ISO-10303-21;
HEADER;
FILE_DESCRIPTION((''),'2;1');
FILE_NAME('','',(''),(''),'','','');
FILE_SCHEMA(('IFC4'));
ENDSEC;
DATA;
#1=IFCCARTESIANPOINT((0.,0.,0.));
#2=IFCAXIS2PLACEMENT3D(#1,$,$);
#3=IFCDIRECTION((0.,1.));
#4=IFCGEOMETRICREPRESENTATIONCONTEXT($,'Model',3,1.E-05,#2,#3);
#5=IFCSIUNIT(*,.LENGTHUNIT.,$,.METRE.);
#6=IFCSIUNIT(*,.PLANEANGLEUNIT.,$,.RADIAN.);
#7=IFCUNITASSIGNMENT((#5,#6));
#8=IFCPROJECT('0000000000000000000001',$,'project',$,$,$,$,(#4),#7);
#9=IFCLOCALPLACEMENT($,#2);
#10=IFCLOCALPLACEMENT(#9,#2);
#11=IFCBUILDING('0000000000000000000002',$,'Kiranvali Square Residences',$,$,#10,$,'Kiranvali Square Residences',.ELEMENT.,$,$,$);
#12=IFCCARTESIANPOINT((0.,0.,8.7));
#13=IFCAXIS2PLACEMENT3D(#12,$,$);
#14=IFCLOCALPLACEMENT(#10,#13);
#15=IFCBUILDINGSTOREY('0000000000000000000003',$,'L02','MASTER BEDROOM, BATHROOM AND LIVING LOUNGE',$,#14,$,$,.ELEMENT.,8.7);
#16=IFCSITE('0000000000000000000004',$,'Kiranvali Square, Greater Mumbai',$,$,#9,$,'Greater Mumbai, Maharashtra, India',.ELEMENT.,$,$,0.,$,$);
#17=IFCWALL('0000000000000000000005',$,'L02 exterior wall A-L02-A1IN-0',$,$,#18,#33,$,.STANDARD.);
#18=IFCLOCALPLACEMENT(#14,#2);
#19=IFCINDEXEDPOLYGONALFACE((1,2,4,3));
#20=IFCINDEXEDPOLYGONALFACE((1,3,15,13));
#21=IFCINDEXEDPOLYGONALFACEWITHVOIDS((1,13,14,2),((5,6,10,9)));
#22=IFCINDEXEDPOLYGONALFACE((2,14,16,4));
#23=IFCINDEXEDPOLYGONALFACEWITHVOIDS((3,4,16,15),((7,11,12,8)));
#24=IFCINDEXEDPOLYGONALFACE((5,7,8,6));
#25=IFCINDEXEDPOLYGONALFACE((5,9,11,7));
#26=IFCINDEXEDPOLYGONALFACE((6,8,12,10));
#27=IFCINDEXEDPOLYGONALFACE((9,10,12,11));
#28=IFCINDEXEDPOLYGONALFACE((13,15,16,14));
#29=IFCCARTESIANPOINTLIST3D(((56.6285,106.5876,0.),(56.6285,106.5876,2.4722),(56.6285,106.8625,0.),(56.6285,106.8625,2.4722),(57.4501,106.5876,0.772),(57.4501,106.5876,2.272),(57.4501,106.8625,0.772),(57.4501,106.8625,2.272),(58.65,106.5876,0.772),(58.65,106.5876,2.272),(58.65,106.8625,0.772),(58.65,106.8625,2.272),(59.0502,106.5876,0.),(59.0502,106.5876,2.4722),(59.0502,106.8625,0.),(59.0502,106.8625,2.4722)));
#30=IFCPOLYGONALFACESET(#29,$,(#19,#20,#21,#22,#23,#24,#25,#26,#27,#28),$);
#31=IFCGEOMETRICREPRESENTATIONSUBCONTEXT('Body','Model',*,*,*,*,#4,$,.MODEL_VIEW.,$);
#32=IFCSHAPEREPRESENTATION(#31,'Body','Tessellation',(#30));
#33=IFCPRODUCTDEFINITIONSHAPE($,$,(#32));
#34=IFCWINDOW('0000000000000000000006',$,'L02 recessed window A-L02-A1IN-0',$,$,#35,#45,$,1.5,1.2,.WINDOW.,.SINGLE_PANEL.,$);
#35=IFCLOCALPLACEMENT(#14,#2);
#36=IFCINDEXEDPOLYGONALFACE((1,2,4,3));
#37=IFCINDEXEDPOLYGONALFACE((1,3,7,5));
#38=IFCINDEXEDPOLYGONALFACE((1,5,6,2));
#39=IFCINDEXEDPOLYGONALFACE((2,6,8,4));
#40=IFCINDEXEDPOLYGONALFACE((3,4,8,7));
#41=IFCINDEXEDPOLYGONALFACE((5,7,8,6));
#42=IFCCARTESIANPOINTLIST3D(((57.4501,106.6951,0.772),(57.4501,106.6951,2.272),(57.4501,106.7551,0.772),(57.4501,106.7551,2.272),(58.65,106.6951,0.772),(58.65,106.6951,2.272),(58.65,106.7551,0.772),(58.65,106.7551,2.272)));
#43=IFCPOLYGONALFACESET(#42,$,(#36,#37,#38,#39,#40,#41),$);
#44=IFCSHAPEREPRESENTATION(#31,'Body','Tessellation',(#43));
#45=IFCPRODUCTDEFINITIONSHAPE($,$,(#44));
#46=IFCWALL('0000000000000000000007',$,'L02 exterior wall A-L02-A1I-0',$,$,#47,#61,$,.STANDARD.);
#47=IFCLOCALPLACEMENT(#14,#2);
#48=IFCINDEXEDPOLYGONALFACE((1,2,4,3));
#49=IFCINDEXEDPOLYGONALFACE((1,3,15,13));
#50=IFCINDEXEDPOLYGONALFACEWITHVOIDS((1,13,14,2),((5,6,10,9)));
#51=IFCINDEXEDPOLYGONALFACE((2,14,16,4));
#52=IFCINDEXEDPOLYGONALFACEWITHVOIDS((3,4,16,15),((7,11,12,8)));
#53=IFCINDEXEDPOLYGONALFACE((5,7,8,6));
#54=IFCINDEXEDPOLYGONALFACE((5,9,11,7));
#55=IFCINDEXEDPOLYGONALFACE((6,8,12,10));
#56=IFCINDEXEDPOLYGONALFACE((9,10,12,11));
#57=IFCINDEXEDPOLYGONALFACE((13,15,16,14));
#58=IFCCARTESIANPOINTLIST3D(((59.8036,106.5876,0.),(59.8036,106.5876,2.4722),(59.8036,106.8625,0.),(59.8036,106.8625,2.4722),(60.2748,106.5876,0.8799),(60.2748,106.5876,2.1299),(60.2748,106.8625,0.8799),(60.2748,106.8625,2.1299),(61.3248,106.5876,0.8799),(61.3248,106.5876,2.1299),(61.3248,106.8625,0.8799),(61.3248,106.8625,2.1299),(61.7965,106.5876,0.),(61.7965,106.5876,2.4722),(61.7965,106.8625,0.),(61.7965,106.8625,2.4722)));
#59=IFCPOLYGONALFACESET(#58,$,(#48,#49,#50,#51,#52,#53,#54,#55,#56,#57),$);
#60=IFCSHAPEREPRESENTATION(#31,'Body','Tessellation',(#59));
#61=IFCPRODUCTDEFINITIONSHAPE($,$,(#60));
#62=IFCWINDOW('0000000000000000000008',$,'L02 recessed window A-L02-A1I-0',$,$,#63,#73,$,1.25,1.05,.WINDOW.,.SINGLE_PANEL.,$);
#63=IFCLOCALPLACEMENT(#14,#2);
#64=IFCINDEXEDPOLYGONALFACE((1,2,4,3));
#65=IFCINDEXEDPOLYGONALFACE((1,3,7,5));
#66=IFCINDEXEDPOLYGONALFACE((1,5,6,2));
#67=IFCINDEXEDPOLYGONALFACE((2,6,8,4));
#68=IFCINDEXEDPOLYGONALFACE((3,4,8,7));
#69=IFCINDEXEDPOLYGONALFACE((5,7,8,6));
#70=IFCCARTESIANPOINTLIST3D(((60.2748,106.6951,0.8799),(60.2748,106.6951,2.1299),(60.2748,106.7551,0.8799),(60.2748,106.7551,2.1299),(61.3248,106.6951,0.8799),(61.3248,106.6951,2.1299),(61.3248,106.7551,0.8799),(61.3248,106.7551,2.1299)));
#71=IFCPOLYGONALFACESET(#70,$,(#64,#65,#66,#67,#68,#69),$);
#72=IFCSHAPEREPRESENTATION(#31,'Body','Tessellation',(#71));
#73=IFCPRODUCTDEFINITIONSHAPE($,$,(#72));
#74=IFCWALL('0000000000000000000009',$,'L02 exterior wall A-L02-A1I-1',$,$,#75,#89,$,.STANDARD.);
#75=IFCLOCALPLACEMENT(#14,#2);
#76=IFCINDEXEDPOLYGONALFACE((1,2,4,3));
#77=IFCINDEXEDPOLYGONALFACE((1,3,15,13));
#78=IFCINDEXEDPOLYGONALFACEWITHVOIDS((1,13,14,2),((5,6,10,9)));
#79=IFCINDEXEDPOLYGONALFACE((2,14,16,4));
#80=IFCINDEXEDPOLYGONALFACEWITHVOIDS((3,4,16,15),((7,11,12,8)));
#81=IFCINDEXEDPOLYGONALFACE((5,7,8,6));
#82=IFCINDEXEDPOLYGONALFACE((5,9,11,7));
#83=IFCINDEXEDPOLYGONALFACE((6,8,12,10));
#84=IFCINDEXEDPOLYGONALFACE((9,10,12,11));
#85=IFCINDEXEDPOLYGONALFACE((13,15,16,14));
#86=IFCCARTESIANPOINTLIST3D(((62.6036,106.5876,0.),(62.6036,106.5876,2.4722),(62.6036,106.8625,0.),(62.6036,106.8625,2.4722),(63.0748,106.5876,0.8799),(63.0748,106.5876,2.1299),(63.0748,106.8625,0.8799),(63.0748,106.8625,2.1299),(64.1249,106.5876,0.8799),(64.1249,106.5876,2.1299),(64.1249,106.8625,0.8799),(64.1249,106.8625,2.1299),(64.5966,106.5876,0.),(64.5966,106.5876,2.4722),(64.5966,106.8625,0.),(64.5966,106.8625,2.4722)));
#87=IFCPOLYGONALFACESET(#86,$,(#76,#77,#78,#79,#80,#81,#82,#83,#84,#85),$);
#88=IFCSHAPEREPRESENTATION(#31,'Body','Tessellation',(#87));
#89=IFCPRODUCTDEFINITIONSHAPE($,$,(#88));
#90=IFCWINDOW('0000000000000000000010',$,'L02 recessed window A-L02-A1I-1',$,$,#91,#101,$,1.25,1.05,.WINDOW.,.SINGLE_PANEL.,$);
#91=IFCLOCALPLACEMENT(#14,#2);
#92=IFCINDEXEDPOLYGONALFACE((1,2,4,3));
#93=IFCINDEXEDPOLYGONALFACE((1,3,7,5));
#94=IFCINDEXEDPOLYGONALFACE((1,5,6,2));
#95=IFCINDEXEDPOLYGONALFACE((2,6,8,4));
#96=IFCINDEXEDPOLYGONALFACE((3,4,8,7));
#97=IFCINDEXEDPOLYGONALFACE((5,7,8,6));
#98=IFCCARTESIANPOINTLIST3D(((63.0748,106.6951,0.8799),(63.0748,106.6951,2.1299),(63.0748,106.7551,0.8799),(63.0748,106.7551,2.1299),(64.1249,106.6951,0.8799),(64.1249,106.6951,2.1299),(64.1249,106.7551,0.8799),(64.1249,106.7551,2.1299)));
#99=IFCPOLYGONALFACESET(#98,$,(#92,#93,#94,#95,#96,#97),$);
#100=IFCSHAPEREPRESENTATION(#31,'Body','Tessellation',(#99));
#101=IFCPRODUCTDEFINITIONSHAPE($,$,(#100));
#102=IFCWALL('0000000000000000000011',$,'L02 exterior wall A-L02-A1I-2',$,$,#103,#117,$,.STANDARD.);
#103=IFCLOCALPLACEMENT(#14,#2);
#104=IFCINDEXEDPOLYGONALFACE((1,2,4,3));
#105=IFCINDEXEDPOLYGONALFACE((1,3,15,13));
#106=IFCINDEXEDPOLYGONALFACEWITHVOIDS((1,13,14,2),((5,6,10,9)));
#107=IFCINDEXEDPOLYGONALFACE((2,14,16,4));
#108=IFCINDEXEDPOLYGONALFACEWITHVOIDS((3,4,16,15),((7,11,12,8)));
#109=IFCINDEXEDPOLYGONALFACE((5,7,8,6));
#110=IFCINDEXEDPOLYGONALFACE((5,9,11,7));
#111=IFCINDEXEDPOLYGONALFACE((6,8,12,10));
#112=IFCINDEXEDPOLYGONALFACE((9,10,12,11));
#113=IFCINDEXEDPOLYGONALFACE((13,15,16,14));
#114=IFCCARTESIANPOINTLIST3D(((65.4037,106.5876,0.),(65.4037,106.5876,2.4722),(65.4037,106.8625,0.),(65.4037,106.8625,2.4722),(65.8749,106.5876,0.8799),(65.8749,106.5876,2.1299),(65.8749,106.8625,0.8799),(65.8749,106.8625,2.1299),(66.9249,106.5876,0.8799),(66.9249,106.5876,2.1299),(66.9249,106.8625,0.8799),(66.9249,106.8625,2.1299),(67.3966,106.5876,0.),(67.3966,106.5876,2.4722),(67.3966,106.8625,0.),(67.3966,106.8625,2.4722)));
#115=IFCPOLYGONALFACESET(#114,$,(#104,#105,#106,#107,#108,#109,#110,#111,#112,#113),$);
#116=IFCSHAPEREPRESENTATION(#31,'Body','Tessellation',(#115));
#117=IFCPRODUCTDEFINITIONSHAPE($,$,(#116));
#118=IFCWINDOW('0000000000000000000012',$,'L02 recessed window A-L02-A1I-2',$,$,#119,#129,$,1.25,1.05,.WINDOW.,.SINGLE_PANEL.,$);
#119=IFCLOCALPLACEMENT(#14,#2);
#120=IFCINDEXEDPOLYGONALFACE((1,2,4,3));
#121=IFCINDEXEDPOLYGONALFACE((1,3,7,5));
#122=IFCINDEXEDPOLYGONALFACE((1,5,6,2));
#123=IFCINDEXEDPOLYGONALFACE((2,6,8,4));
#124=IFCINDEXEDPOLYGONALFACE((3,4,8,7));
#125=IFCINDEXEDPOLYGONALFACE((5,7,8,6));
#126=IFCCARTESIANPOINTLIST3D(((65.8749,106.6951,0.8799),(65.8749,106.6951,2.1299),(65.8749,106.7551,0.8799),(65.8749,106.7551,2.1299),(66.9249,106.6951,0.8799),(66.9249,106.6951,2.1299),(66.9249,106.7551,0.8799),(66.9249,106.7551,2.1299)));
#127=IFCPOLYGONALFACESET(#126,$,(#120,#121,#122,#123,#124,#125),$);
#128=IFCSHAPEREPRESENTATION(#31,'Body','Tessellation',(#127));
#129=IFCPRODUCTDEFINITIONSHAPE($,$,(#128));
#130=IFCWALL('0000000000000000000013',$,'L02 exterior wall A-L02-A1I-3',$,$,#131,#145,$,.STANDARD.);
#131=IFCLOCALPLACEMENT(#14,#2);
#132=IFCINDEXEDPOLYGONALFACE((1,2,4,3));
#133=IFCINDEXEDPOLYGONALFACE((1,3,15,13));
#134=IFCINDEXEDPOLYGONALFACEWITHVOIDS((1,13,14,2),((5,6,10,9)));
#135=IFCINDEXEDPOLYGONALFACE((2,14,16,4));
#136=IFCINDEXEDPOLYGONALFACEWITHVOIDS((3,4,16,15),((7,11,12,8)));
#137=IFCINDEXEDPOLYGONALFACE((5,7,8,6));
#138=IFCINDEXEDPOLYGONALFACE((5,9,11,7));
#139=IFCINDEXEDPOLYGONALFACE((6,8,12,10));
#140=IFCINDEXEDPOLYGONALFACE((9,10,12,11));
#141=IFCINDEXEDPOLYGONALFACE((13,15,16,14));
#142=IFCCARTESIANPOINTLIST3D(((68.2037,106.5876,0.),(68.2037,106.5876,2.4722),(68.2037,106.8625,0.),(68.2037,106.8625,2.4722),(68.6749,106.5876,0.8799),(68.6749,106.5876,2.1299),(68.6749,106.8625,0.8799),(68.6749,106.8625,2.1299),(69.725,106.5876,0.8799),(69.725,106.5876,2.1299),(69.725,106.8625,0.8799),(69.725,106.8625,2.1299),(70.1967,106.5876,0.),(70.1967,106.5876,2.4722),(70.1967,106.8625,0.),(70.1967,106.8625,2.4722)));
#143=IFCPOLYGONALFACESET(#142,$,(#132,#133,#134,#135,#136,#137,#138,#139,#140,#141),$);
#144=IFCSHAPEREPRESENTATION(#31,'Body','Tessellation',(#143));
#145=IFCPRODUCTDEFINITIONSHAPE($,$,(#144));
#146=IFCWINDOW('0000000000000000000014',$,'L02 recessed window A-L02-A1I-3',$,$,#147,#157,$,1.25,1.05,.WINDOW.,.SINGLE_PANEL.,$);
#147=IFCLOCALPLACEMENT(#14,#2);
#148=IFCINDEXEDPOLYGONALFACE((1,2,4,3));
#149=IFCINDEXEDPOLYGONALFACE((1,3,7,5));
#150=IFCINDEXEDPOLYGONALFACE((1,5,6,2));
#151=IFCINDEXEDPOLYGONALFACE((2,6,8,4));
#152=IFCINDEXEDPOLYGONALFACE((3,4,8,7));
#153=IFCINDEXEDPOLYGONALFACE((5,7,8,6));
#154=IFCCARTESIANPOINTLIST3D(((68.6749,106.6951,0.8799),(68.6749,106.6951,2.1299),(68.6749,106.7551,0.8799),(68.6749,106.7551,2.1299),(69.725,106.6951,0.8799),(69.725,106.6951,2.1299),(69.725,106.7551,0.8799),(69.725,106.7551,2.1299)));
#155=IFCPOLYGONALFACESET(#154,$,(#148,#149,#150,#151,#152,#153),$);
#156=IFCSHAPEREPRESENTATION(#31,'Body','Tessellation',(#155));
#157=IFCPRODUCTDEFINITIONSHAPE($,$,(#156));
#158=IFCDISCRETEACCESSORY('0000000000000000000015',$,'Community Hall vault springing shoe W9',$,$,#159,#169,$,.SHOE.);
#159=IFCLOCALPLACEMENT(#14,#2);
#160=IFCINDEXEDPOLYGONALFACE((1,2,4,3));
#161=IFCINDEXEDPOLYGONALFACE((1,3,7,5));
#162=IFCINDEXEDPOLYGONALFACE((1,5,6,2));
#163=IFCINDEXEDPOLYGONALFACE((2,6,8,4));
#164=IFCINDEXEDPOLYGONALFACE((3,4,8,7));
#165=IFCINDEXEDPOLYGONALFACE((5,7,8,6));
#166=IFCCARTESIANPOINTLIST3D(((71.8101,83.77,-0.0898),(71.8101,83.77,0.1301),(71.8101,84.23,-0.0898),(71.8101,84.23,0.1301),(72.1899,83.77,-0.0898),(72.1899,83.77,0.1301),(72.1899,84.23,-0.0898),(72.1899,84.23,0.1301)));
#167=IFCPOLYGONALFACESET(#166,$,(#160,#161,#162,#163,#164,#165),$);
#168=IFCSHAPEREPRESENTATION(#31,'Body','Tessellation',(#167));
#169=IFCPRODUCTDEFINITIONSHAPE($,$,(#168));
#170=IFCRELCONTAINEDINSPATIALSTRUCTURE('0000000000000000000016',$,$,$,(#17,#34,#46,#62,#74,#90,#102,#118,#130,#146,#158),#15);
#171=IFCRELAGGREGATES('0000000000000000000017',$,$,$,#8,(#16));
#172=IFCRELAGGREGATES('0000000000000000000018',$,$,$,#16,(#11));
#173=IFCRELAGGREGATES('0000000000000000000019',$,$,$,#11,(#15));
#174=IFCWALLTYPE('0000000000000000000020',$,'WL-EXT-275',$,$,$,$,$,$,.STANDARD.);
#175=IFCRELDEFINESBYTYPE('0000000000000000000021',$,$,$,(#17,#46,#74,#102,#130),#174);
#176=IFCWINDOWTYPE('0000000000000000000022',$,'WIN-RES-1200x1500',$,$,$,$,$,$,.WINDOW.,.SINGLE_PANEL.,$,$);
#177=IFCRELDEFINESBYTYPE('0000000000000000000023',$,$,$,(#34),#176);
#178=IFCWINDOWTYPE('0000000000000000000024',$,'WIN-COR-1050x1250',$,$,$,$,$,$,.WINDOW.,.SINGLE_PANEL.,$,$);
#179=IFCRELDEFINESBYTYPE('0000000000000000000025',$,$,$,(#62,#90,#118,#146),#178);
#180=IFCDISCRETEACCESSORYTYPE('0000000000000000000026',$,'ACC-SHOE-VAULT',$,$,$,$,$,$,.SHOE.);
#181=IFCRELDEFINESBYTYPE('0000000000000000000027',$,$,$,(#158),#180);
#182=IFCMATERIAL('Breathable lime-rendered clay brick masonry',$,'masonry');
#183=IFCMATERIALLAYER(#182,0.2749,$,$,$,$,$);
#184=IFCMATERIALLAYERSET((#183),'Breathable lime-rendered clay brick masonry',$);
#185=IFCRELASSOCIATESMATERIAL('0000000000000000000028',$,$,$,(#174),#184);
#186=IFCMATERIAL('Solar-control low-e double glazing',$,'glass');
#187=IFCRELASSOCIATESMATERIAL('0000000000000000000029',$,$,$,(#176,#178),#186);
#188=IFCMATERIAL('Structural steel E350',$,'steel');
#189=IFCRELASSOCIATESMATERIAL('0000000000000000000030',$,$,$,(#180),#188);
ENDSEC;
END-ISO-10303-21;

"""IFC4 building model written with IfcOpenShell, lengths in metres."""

from ifc_helpers import new_model, si_unit, direction, frame, frame_2d, origin, origin_2d, place, context, subcontext, project, spatial, rectangle, extrude, material, layer, layer_set, type_object, element, fill, save


model = new_model("IFC4")

# Units and contexts
model_context = context("Model", 3, precision=1e-05, world=origin(), true_north=direction((0.0, 1.0)))
body_context = subcontext(model_context, "Body", "Model", "MODEL_VIEW")
ifc_project = project(units=[si_unit("LENGTHUNIT", "METRE"), si_unit("PLANEANGLEUNIT", "RADIAN")], contexts=[model_context])

# Site, building, storey
site_placement = place(None, origin())
site = spatial("IfcSite", under=ifc_project, at=site_placement, Name="Kiranvali Square, Greater Mumbai", LongName="Greater Mumbai, Maharashtra, India", CompositionType="ELEMENT", RefElevation=0.0)
building_placement = place(site_placement, origin())
building = spatial("IfcBuilding", under=site, at=building_placement, Name="Kiranvali Square Residences", LongName="Kiranvali Square Residences", CompositionType="ELEMENT")
storey_placement = place(building_placement, frame((0.0, 0.0, 8.7)))
storey = spatial("IfcBuildingStorey", under=building, at=storey_placement, Name="L02", Description="MASTER BEDROOM, BATHROOM AND LIVING LOUNGE", CompositionType="ELEMENT", Elevation=8.7)

# Shared definitions
ifc_material_1 = material(Name="Structural steel E350", Category="steel")

# Walls, openings, windows
ifc_material_2 = material(Name="Breathable lime-rendered clay brick masonry", Category="masonry")
ifc_layer = layer(ifc_material_2, 0.2749)
ifc_layer_set = layer_set([ifc_layer], Name="Breathable lime-rendered clay brick masonry")
wall_type = type_object("IfcWallType", Name="WL-EXT-275", PredefinedType="STANDARD", material=ifc_layer_set)
wall_1_placement = place(storey_placement, frame((56.6284, 106.7251, 0.0), z_axis=(0.0, 0.0, 1.0), x_axis=(1.0, 0.0, 0.0)))
wall_1 = element("IfcWall", 1, at=wall_1_placement, inside=storey, type_object=wall_type, Name="L02 exterior wall A-L02-A1IN-0", PredefinedType="STANDARD", context=body_context, shape_type="SweptSolid", body=[
    extrude(rectangle(XDim=2.4216, YDim=0.2749, at=frame_2d((1.2109, 0.0))), origin(), (0.0, 0.0, 1.0), 2.4722),
])
opening_1_placement = place(wall_1_placement, frame((0.8215, 0.0, 0.772)))
opening_1 = element("IfcOpeningElement", 2, at=opening_1_placement, cuts=wall_1, PredefinedType="OPENING", context=body_context, shape_type="SweptSolid", body=[
    extrude(rectangle(XDim=1.2, YDim=1.5, at=frame_2d((0.6001, 0.75))), frame((0.0, 0.1475, 0.0), z_axis=(0.0, -1.0, 0.0), x_axis=(1.0, 0.0, 0.0)), (0.0, 0.0, 1.0), 0.2949),
])
ifc_material_3 = material(Name="Solar-control low-e double glazing", Category="glass")
window_type_1 = type_object("IfcWindowType", Name="WIN-RES-1200x1500", PartitioningType="SINGLE_PANEL", PredefinedType="WINDOW", material=ifc_material_3)
window_1_placement = place(opening_1_placement, origin())
window_1 = element("IfcWindow", 3, at=window_1_placement, inside=storey, type_object=window_type_1, Name="L02 recessed window A-L02-A1IN-0", OverallHeight=1.5, OverallWidth=1.2, PartitioningType="SINGLE_PANEL", PredefinedType="WINDOW", context=body_context, shape_type="SweptSolid", body=[
    extrude(rectangle(XDim=1.2, YDim=1.5, at=frame_2d((0.6001, 0.75))), frame((0.0, 0.03, 0.0), z_axis=(0.0, -1.0, 0.0), x_axis=(1.0, 0.0, 0.0)), (0.0, 0.0, 1.0), 0.0601),
])
fill(opening_1, window_1)
wall_2_placement = place(storey_placement, frame((59.8035, 106.7251, 0.0), z_axis=(0.0, 0.0, 1.0), x_axis=(1.0, 0.0, 0.0)))
wall_2 = element("IfcWall", 4, at=wall_2_placement, inside=storey, type_object=wall_type, Name="L02 exterior wall A-L02-A1I-0", PredefinedType="STANDARD", context=body_context, shape_type="SweptSolid", body=[
    extrude(rectangle(XDim=1.9929, YDim=0.2749, at=frame_2d((0.9966, 0.0))), origin(), (0.0, 0.0, 1.0), 2.4722),
])
opening_2_placement = place(wall_2_placement, frame((0.4714, 0.0, 0.8799)))
opening_2 = element("IfcOpeningElement", 5, at=opening_2_placement, cuts=wall_2, PredefinedType="OPENING", context=body_context, shape_type="SweptSolid", body=[
    extrude(rectangle(XDim=1.05, YDim=1.25, at=frame_2d((0.5249, 0.625))), frame((0.0, 0.1475, 0.0), z_axis=(0.0, -1.0, 0.0), x_axis=(1.0, 0.0, 0.0)), (0.0, 0.0, 1.0), 0.2949),
])
window_type_2 = type_object("IfcWindowType", Name="WIN-COR-1050x1250", PartitioningType="SINGLE_PANEL", PredefinedType="WINDOW", material=ifc_material_3)
window_2_placement = place(opening_2_placement, origin())
window_2 = element("IfcWindow", 6, at=window_2_placement, inside=storey, type_object=window_type_2, Name="L02 recessed window A-L02-A1I-0", OverallHeight=1.25, OverallWidth=1.05, PartitioningType="SINGLE_PANEL", PredefinedType="WINDOW", context=body_context, shape_type="SweptSolid", body=[
    extrude(rectangle(XDim=1.05, YDim=1.25, at=frame_2d((0.5249, 0.625))), frame((0.0, 0.03, 0.0), z_axis=(0.0, -1.0, 0.0), x_axis=(1.0, 0.0, 0.0)), (0.0, 0.0, 1.0), 0.0601),
])
fill(opening_2, window_2)
wall_3_placement = place(storey_placement, frame((62.6035, 106.7251, 0.0), z_axis=(0.0, 0.0, 1.0), x_axis=(1.0, 0.0, 0.0)))
wall_3 = element("IfcWall", 7, at=wall_3_placement, inside=storey, type_object=wall_type, Name="L02 exterior wall A-L02-A1I-1", PredefinedType="STANDARD", context=body_context, shape_type="SweptSolid", body=[
    extrude(rectangle(XDim=1.9929, YDim=0.2749, at=frame_2d((0.9966, 0.0))), origin(), (0.0, 0.0, 1.0), 2.4722),
])
opening_3_placement = place(wall_3_placement, frame((0.4714, 0.0, 0.8799)))
opening_3 = element("IfcOpeningElement", 8, at=opening_3_placement, cuts=wall_3, PredefinedType="OPENING", context=body_context, shape_type="SweptSolid", body=[
    extrude(rectangle(XDim=1.05, YDim=1.25, at=frame_2d((0.5249, 0.625))), frame((0.0, 0.1475, 0.0), z_axis=(0.0, -1.0, 0.0), x_axis=(1.0, 0.0, 0.0)), (0.0, 0.0, 1.0), 0.2949),
])
window_3_placement = place(opening_3_placement, origin())
window_3 = element("IfcWindow", 9, at=window_3_placement, inside=storey, type_object=window_type_2, Name="L02 recessed window A-L02-A1I-1", OverallHeight=1.25, OverallWidth=1.05, PartitioningType="SINGLE_PANEL", PredefinedType="WINDOW", context=body_context, shape_type="SweptSolid", body=[
    extrude(rectangle(XDim=1.05, YDim=1.25, at=frame_2d((0.5249, 0.625))), frame((0.0, 0.03, 0.0), z_axis=(0.0, -1.0, 0.0), x_axis=(1.0, 0.0, 0.0)), (0.0, 0.0, 1.0), 0.0601),
])
fill(opening_3, window_3)
wall_4_placement = place(storey_placement, frame((65.4036, 106.7251, 0.0), z_axis=(0.0, 0.0, 1.0), x_axis=(1.0, 0.0, 0.0)))
wall_4 = element("IfcWall", 10, at=wall_4_placement, inside=storey, type_object=wall_type, Name="L02 exterior wall A-L02-A1I-2", PredefinedType="STANDARD", context=body_context, shape_type="SweptSolid", body=[
    extrude(rectangle(XDim=1.9929, YDim=0.2749, at=frame_2d((0.9966, 0.0))), origin(), (0.0, 0.0, 1.0), 2.4722),
])
opening_4_placement = place(wall_4_placement, frame((0.4714, 0.0, 0.8799)))
opening_4 = element("IfcOpeningElement", 11, at=opening_4_placement, cuts=wall_4, PredefinedType="OPENING", context=body_context, shape_type="SweptSolid", body=[
    extrude(rectangle(XDim=1.05, YDim=1.25, at=frame_2d((0.5249, 0.625))), frame((0.0, 0.1475, 0.0), z_axis=(0.0, -1.0, 0.0), x_axis=(1.0, 0.0, 0.0)), (0.0, 0.0, 1.0), 0.2949),
])
window_4_placement = place(opening_4_placement, origin())
window_4 = element("IfcWindow", 12, at=window_4_placement, inside=storey, type_object=window_type_2, Name="L02 recessed window A-L02-A1I-2", OverallHeight=1.25, OverallWidth=1.05, PartitioningType="SINGLE_PANEL", PredefinedType="WINDOW", context=body_context, shape_type="SweptSolid", body=[
    extrude(rectangle(XDim=1.05, YDim=1.25, at=frame_2d((0.5249, 0.625))), frame((0.0, 0.03, 0.0), z_axis=(0.0, -1.0, 0.0), x_axis=(1.0, 0.0, 0.0)), (0.0, 0.0, 1.0), 0.0601),
])
fill(opening_4, window_4)
wall_5_placement = place(storey_placement, frame((68.2036, 106.7251, 0.0), z_axis=(0.0, 0.0, 1.0), x_axis=(1.0, 0.0, 0.0)))
wall_5 = element("IfcWall", 13, at=wall_5_placement, inside=storey, type_object=wall_type, Name="L02 exterior wall A-L02-A1I-3", PredefinedType="STANDARD", context=body_context, shape_type="SweptSolid", body=[
    extrude(rectangle(XDim=1.9929, YDim=0.2749, at=frame_2d((0.9966, 0.0))), origin(), (0.0, 0.0, 1.0), 2.4722),
])
opening_5_placement = place(wall_5_placement, frame((0.4714, 0.0, 0.8799)))
opening_5 = element("IfcOpeningElement", 14, at=opening_5_placement, cuts=wall_5, PredefinedType="OPENING", context=body_context, shape_type="SweptSolid", body=[
    extrude(rectangle(XDim=1.05, YDim=1.25, at=frame_2d((0.5249, 0.625))), frame((0.0, 0.1475, 0.0), z_axis=(0.0, -1.0, 0.0), x_axis=(1.0, 0.0, 0.0)), (0.0, 0.0, 1.0), 0.2949),
])
window_5_placement = place(opening_5_placement, origin())
window_5 = element("IfcWindow", 15, at=window_5_placement, inside=storey, type_object=window_type_2, Name="L02 recessed window A-L02-A1I-3", OverallHeight=1.25, OverallWidth=1.05, PartitioningType="SINGLE_PANEL", PredefinedType="WINDOW", context=body_context, shape_type="SweptSolid", body=[
    extrude(rectangle(XDim=1.05, YDim=1.25, at=frame_2d((0.5249, 0.625))), frame((0.0, 0.03, 0.0), z_axis=(0.0, -1.0, 0.0), x_axis=(1.0, 0.0, 0.0)), (0.0, 0.0, 1.0), 0.0601),
])
fill(opening_5, window_5)

# Discrete accessory
discrete_accessory_type = type_object("IfcDiscreteAccessoryType", Name="ACC-SHOE-VAULT", PredefinedType="SHOE", material=ifc_material_1)
discrete_accessory_placement = place(storey_placement, frame((72.0, 84.0, -0.0898), z_axis=(0.0, 0.0, 1.0), x_axis=(1.0, 0.0, 0.0)))
element("IfcDiscreteAccessory", 16, at=discrete_accessory_placement, inside=storey, type_object=discrete_accessory_type, Name="Community Hall vault springing shoe W9", PredefinedType="SHOE", context=body_context, shape_type="SweptSolid", body=[
    extrude(rectangle(XDim=0.3799, YDim=0.46, at=origin_2d()), origin(), (0.0, 0.0, 1.0), 0.22),
])

save(model, "model.ifc")
